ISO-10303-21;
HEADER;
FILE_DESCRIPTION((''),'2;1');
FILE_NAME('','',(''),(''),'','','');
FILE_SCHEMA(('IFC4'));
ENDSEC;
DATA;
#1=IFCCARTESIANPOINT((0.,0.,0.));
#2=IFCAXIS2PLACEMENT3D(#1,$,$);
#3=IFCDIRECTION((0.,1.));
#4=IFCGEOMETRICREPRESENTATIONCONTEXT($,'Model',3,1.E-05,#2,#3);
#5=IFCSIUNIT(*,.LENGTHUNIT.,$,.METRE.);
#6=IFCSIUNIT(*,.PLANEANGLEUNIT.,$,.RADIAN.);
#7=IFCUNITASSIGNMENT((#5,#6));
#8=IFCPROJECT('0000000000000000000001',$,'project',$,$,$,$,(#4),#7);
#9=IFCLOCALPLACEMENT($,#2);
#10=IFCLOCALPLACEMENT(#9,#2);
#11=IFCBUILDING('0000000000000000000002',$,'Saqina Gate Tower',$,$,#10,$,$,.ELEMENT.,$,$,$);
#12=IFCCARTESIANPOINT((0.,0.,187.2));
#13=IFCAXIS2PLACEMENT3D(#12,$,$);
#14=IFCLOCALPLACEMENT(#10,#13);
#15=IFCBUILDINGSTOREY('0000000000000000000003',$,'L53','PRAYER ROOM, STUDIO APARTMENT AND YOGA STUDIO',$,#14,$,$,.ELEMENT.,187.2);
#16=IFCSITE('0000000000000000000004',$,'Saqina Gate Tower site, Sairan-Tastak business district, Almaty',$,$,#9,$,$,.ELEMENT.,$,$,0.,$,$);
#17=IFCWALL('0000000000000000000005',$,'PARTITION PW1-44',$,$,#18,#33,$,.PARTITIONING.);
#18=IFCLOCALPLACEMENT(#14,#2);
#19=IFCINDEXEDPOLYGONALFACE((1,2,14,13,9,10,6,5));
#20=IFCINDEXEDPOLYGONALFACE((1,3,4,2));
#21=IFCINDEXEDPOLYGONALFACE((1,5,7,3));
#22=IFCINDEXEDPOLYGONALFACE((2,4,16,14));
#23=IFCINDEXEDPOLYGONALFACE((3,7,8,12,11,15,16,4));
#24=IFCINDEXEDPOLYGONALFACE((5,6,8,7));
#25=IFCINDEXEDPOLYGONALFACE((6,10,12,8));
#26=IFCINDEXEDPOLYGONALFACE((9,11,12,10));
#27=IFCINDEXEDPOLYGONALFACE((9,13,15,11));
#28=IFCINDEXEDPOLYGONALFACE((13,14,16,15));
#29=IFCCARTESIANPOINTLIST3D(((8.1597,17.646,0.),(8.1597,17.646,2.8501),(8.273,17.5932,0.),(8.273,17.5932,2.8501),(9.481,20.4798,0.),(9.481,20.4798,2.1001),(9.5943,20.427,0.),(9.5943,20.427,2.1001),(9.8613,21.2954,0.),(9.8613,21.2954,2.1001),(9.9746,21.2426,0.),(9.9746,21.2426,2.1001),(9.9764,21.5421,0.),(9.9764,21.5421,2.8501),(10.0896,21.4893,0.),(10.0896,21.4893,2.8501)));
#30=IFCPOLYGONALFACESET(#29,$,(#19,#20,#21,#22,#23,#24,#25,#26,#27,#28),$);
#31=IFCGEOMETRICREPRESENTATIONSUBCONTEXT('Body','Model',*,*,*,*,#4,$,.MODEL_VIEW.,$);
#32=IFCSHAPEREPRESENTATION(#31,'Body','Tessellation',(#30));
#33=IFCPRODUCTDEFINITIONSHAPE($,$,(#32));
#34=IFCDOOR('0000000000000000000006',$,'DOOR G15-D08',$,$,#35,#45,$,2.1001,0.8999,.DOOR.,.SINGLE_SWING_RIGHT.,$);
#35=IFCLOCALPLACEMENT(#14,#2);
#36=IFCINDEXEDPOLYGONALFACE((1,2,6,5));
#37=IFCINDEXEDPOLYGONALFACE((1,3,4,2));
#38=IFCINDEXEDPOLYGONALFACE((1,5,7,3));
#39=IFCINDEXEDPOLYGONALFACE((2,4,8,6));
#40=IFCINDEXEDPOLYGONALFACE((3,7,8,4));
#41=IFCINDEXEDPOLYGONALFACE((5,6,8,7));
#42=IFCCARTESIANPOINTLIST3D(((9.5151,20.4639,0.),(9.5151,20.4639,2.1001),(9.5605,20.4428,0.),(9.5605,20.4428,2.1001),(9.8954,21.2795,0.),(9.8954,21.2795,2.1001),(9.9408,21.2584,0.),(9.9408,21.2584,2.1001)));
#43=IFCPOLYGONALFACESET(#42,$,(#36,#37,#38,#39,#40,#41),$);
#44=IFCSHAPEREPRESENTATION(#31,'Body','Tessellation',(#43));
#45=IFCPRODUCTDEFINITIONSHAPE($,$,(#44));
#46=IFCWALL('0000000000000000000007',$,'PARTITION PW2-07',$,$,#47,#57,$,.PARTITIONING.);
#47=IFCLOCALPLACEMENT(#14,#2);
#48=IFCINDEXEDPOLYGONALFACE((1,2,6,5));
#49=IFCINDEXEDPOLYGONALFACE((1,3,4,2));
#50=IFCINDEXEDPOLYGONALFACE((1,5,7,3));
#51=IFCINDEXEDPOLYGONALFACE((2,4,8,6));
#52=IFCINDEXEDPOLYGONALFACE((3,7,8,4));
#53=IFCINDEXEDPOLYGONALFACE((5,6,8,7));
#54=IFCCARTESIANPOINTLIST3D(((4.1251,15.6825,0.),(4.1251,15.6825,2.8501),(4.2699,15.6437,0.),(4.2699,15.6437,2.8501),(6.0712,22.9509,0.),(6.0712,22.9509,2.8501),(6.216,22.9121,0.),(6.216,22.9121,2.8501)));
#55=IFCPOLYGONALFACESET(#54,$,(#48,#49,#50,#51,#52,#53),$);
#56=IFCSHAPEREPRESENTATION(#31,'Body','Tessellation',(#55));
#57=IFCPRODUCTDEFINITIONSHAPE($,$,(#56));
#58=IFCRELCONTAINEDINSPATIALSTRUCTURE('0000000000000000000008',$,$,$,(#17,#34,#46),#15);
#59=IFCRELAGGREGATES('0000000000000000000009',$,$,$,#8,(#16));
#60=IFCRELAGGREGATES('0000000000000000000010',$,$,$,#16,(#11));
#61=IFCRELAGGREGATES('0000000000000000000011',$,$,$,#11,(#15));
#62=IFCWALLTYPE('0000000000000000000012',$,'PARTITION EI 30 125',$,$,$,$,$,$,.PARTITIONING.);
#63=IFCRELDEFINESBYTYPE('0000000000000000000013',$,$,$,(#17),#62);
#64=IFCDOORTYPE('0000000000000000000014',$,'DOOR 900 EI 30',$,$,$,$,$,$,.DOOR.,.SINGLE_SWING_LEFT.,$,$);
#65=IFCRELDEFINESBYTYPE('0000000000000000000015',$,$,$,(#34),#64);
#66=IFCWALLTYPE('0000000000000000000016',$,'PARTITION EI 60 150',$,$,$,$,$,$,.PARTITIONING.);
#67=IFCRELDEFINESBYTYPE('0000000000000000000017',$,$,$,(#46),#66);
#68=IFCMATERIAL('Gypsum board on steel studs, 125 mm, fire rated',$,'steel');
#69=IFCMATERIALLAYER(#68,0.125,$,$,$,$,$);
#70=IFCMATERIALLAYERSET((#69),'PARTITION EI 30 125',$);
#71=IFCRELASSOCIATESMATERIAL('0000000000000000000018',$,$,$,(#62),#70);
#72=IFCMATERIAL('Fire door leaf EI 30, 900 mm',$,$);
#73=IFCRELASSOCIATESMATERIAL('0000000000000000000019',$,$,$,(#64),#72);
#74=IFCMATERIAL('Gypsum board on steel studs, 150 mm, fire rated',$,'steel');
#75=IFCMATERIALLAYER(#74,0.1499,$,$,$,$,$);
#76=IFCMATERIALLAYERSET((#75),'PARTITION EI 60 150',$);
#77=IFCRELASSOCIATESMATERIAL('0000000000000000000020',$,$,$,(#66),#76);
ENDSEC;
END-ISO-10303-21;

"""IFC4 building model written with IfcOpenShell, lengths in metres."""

from ifc_helpers import new_model, si_unit, direction, frame, frame_2d, origin, place, context, subcontext, project, spatial, rectangle, extrude, material, layer, layer_set, type_object, element, fill, save


model = new_model("IFC4")

# Units and contexts
model_context = context("Model", 3, precision=1e-05, world=origin(), true_north=direction((0.0, 1.0)))
body_context = subcontext(model_context, "Body", "Model", "MODEL_VIEW")
ifc_project = project(units=[si_unit("LENGTHUNIT", "METRE"), si_unit("PLANEANGLEUNIT", "RADIAN")], contexts=[model_context])

# Site, building, storey
site_placement = place(None, origin())
site = spatial("IfcSite", under=ifc_project, at=site_placement, Name="Saqina Gate Tower site, Sairan-Tastak business district, Almaty", CompositionType="ELEMENT", RefElevation=0.0)
building_placement = place(site_placement, origin())
building = spatial("IfcBuilding", under=site, at=building_placement, Name="Saqina Gate Tower", CompositionType="ELEMENT")
storey_placement = place(building_placement, frame((0.0, 0.0, 187.2)))
storey = spatial("IfcBuildingStorey", under=building, at=storey_placement, Name="L53", Description="PRAYER ROOM, STUDIO APARTMENT AND YOGA STUDIO", CompositionType="ELEMENT", Elevation=187.2)

# Shared definitions
ifc_material_1 = material(Name="Gypsum board on steel studs, 125 mm, fire rated", Category="steel")
ifc_layer_1 = layer(ifc_material_1, 0.125)
ifc_layer_set_1 = layer_set([ifc_layer_1], Name="PARTITION EI 30 125")
wall_type_1 = type_object("IfcWallType", Name="PARTITION EI 30 125", PredefinedType="PARTITIONING", material=ifc_layer_set_1)

# Wall, opening, door
wall_1_placement = place(storey_placement, frame((8.2163, 17.6196, 0.0), z_axis=(0.0, 0.0, 1.0), x_axis=(0.422603, 0.906315, 0.0)))
wall_1 = element("IfcWall", 1, at=wall_1_placement, inside=storey, type_object=wall_type_1, Name="PARTITION PW1-44", PredefinedType="PARTITIONING", context=body_context, shape_type="SweptSolid", body=[
    extrude(rectangle(XDim=4.2988, YDim=0.125, at=frame_2d((2.1494, 0.0))), origin(), (0.0, 0.0, 1.0), 2.8501),
])
opening_1_placement = place(wall_1_placement, frame((3.1267, 0.0, 0.0)))
opening_1 = element("IfcOpeningElement", 2, at=opening_1_placement, cuts=wall_1, PredefinedType="OPENING", context=body_context, shape_type="SweptSolid", body=[
    extrude(rectangle(XDim=0.8999, YDim=2.1001, at=frame_2d((0.45, 1.05))), frame((0.0, 0.0745, 0.0), z_axis=(0.0, -1.0, 0.0), x_axis=(1.0, 0.0, 0.0)), (0.0, 0.0, 1.0), 0.1489),
])
ifc_material_2 = material(Name="Fire door leaf EI 30, 900 mm")
door_type_1 = type_object("IfcDoorType", Name="DOOR 900 EI 30", OperationType="SINGLE_SWING_LEFT", PredefinedType="DOOR", material=ifc_material_2)
door_1_placement = place(opening_1_placement, origin())
door_1 = element("IfcDoor", 3, at=door_1_placement, inside=storey, type_object=door_type_1, Name="DOOR G15-D08", OperationType="SINGLE_SWING_RIGHT", OverallHeight=2.1001, OverallWidth=0.8999, PredefinedType="DOOR", context=body_context, shape_type="SweptSolid", body=[
    extrude(rectangle(XDim=0.8999, YDim=2.1001, at=frame_2d((0.45, 1.05))), frame((0.0, 0.0249, 0.0), z_axis=(0.0, -1.0, 0.0), x_axis=(1.0, 0.0, 0.0)), (0.0, 0.0, 1.0), 0.05),
])
fill(opening_1, door_1)

# Wall
ifc_material_3 = material(Name="Gypsum board on steel studs, 150 mm, fire rated", Category="steel")
ifc_layer_2 = layer(ifc_material_3, 0.1499)
ifc_layer_set_2 = layer_set([ifc_layer_2], Name="PARTITION EI 60 150")
wall_type_2 = type_object("IfcWallType", Name="PARTITION EI 60 150", PredefinedType="PARTITIONING", material=ifc_layer_set_2)
wall_2_placement = place(storey_placement, frame((4.1975, 15.6631, 0.0), z_axis=(0.0, 0.0, 1.0), x_axis=(0.258634, 0.965975, 0.0)))
element("IfcWall", 4, at=wall_2_placement, inside=storey, type_object=wall_type_2, Name="PARTITION PW2-07", PredefinedType="PARTITIONING", context=body_context, shape_type="SweptSolid", body=[
    extrude(rectangle(XDim=7.5244, YDim=0.1499, at=frame_2d((3.7622, 0.0))), origin(), (0.0, 0.0, 1.0), 2.8501),
])

save(model, "model.ifc")
